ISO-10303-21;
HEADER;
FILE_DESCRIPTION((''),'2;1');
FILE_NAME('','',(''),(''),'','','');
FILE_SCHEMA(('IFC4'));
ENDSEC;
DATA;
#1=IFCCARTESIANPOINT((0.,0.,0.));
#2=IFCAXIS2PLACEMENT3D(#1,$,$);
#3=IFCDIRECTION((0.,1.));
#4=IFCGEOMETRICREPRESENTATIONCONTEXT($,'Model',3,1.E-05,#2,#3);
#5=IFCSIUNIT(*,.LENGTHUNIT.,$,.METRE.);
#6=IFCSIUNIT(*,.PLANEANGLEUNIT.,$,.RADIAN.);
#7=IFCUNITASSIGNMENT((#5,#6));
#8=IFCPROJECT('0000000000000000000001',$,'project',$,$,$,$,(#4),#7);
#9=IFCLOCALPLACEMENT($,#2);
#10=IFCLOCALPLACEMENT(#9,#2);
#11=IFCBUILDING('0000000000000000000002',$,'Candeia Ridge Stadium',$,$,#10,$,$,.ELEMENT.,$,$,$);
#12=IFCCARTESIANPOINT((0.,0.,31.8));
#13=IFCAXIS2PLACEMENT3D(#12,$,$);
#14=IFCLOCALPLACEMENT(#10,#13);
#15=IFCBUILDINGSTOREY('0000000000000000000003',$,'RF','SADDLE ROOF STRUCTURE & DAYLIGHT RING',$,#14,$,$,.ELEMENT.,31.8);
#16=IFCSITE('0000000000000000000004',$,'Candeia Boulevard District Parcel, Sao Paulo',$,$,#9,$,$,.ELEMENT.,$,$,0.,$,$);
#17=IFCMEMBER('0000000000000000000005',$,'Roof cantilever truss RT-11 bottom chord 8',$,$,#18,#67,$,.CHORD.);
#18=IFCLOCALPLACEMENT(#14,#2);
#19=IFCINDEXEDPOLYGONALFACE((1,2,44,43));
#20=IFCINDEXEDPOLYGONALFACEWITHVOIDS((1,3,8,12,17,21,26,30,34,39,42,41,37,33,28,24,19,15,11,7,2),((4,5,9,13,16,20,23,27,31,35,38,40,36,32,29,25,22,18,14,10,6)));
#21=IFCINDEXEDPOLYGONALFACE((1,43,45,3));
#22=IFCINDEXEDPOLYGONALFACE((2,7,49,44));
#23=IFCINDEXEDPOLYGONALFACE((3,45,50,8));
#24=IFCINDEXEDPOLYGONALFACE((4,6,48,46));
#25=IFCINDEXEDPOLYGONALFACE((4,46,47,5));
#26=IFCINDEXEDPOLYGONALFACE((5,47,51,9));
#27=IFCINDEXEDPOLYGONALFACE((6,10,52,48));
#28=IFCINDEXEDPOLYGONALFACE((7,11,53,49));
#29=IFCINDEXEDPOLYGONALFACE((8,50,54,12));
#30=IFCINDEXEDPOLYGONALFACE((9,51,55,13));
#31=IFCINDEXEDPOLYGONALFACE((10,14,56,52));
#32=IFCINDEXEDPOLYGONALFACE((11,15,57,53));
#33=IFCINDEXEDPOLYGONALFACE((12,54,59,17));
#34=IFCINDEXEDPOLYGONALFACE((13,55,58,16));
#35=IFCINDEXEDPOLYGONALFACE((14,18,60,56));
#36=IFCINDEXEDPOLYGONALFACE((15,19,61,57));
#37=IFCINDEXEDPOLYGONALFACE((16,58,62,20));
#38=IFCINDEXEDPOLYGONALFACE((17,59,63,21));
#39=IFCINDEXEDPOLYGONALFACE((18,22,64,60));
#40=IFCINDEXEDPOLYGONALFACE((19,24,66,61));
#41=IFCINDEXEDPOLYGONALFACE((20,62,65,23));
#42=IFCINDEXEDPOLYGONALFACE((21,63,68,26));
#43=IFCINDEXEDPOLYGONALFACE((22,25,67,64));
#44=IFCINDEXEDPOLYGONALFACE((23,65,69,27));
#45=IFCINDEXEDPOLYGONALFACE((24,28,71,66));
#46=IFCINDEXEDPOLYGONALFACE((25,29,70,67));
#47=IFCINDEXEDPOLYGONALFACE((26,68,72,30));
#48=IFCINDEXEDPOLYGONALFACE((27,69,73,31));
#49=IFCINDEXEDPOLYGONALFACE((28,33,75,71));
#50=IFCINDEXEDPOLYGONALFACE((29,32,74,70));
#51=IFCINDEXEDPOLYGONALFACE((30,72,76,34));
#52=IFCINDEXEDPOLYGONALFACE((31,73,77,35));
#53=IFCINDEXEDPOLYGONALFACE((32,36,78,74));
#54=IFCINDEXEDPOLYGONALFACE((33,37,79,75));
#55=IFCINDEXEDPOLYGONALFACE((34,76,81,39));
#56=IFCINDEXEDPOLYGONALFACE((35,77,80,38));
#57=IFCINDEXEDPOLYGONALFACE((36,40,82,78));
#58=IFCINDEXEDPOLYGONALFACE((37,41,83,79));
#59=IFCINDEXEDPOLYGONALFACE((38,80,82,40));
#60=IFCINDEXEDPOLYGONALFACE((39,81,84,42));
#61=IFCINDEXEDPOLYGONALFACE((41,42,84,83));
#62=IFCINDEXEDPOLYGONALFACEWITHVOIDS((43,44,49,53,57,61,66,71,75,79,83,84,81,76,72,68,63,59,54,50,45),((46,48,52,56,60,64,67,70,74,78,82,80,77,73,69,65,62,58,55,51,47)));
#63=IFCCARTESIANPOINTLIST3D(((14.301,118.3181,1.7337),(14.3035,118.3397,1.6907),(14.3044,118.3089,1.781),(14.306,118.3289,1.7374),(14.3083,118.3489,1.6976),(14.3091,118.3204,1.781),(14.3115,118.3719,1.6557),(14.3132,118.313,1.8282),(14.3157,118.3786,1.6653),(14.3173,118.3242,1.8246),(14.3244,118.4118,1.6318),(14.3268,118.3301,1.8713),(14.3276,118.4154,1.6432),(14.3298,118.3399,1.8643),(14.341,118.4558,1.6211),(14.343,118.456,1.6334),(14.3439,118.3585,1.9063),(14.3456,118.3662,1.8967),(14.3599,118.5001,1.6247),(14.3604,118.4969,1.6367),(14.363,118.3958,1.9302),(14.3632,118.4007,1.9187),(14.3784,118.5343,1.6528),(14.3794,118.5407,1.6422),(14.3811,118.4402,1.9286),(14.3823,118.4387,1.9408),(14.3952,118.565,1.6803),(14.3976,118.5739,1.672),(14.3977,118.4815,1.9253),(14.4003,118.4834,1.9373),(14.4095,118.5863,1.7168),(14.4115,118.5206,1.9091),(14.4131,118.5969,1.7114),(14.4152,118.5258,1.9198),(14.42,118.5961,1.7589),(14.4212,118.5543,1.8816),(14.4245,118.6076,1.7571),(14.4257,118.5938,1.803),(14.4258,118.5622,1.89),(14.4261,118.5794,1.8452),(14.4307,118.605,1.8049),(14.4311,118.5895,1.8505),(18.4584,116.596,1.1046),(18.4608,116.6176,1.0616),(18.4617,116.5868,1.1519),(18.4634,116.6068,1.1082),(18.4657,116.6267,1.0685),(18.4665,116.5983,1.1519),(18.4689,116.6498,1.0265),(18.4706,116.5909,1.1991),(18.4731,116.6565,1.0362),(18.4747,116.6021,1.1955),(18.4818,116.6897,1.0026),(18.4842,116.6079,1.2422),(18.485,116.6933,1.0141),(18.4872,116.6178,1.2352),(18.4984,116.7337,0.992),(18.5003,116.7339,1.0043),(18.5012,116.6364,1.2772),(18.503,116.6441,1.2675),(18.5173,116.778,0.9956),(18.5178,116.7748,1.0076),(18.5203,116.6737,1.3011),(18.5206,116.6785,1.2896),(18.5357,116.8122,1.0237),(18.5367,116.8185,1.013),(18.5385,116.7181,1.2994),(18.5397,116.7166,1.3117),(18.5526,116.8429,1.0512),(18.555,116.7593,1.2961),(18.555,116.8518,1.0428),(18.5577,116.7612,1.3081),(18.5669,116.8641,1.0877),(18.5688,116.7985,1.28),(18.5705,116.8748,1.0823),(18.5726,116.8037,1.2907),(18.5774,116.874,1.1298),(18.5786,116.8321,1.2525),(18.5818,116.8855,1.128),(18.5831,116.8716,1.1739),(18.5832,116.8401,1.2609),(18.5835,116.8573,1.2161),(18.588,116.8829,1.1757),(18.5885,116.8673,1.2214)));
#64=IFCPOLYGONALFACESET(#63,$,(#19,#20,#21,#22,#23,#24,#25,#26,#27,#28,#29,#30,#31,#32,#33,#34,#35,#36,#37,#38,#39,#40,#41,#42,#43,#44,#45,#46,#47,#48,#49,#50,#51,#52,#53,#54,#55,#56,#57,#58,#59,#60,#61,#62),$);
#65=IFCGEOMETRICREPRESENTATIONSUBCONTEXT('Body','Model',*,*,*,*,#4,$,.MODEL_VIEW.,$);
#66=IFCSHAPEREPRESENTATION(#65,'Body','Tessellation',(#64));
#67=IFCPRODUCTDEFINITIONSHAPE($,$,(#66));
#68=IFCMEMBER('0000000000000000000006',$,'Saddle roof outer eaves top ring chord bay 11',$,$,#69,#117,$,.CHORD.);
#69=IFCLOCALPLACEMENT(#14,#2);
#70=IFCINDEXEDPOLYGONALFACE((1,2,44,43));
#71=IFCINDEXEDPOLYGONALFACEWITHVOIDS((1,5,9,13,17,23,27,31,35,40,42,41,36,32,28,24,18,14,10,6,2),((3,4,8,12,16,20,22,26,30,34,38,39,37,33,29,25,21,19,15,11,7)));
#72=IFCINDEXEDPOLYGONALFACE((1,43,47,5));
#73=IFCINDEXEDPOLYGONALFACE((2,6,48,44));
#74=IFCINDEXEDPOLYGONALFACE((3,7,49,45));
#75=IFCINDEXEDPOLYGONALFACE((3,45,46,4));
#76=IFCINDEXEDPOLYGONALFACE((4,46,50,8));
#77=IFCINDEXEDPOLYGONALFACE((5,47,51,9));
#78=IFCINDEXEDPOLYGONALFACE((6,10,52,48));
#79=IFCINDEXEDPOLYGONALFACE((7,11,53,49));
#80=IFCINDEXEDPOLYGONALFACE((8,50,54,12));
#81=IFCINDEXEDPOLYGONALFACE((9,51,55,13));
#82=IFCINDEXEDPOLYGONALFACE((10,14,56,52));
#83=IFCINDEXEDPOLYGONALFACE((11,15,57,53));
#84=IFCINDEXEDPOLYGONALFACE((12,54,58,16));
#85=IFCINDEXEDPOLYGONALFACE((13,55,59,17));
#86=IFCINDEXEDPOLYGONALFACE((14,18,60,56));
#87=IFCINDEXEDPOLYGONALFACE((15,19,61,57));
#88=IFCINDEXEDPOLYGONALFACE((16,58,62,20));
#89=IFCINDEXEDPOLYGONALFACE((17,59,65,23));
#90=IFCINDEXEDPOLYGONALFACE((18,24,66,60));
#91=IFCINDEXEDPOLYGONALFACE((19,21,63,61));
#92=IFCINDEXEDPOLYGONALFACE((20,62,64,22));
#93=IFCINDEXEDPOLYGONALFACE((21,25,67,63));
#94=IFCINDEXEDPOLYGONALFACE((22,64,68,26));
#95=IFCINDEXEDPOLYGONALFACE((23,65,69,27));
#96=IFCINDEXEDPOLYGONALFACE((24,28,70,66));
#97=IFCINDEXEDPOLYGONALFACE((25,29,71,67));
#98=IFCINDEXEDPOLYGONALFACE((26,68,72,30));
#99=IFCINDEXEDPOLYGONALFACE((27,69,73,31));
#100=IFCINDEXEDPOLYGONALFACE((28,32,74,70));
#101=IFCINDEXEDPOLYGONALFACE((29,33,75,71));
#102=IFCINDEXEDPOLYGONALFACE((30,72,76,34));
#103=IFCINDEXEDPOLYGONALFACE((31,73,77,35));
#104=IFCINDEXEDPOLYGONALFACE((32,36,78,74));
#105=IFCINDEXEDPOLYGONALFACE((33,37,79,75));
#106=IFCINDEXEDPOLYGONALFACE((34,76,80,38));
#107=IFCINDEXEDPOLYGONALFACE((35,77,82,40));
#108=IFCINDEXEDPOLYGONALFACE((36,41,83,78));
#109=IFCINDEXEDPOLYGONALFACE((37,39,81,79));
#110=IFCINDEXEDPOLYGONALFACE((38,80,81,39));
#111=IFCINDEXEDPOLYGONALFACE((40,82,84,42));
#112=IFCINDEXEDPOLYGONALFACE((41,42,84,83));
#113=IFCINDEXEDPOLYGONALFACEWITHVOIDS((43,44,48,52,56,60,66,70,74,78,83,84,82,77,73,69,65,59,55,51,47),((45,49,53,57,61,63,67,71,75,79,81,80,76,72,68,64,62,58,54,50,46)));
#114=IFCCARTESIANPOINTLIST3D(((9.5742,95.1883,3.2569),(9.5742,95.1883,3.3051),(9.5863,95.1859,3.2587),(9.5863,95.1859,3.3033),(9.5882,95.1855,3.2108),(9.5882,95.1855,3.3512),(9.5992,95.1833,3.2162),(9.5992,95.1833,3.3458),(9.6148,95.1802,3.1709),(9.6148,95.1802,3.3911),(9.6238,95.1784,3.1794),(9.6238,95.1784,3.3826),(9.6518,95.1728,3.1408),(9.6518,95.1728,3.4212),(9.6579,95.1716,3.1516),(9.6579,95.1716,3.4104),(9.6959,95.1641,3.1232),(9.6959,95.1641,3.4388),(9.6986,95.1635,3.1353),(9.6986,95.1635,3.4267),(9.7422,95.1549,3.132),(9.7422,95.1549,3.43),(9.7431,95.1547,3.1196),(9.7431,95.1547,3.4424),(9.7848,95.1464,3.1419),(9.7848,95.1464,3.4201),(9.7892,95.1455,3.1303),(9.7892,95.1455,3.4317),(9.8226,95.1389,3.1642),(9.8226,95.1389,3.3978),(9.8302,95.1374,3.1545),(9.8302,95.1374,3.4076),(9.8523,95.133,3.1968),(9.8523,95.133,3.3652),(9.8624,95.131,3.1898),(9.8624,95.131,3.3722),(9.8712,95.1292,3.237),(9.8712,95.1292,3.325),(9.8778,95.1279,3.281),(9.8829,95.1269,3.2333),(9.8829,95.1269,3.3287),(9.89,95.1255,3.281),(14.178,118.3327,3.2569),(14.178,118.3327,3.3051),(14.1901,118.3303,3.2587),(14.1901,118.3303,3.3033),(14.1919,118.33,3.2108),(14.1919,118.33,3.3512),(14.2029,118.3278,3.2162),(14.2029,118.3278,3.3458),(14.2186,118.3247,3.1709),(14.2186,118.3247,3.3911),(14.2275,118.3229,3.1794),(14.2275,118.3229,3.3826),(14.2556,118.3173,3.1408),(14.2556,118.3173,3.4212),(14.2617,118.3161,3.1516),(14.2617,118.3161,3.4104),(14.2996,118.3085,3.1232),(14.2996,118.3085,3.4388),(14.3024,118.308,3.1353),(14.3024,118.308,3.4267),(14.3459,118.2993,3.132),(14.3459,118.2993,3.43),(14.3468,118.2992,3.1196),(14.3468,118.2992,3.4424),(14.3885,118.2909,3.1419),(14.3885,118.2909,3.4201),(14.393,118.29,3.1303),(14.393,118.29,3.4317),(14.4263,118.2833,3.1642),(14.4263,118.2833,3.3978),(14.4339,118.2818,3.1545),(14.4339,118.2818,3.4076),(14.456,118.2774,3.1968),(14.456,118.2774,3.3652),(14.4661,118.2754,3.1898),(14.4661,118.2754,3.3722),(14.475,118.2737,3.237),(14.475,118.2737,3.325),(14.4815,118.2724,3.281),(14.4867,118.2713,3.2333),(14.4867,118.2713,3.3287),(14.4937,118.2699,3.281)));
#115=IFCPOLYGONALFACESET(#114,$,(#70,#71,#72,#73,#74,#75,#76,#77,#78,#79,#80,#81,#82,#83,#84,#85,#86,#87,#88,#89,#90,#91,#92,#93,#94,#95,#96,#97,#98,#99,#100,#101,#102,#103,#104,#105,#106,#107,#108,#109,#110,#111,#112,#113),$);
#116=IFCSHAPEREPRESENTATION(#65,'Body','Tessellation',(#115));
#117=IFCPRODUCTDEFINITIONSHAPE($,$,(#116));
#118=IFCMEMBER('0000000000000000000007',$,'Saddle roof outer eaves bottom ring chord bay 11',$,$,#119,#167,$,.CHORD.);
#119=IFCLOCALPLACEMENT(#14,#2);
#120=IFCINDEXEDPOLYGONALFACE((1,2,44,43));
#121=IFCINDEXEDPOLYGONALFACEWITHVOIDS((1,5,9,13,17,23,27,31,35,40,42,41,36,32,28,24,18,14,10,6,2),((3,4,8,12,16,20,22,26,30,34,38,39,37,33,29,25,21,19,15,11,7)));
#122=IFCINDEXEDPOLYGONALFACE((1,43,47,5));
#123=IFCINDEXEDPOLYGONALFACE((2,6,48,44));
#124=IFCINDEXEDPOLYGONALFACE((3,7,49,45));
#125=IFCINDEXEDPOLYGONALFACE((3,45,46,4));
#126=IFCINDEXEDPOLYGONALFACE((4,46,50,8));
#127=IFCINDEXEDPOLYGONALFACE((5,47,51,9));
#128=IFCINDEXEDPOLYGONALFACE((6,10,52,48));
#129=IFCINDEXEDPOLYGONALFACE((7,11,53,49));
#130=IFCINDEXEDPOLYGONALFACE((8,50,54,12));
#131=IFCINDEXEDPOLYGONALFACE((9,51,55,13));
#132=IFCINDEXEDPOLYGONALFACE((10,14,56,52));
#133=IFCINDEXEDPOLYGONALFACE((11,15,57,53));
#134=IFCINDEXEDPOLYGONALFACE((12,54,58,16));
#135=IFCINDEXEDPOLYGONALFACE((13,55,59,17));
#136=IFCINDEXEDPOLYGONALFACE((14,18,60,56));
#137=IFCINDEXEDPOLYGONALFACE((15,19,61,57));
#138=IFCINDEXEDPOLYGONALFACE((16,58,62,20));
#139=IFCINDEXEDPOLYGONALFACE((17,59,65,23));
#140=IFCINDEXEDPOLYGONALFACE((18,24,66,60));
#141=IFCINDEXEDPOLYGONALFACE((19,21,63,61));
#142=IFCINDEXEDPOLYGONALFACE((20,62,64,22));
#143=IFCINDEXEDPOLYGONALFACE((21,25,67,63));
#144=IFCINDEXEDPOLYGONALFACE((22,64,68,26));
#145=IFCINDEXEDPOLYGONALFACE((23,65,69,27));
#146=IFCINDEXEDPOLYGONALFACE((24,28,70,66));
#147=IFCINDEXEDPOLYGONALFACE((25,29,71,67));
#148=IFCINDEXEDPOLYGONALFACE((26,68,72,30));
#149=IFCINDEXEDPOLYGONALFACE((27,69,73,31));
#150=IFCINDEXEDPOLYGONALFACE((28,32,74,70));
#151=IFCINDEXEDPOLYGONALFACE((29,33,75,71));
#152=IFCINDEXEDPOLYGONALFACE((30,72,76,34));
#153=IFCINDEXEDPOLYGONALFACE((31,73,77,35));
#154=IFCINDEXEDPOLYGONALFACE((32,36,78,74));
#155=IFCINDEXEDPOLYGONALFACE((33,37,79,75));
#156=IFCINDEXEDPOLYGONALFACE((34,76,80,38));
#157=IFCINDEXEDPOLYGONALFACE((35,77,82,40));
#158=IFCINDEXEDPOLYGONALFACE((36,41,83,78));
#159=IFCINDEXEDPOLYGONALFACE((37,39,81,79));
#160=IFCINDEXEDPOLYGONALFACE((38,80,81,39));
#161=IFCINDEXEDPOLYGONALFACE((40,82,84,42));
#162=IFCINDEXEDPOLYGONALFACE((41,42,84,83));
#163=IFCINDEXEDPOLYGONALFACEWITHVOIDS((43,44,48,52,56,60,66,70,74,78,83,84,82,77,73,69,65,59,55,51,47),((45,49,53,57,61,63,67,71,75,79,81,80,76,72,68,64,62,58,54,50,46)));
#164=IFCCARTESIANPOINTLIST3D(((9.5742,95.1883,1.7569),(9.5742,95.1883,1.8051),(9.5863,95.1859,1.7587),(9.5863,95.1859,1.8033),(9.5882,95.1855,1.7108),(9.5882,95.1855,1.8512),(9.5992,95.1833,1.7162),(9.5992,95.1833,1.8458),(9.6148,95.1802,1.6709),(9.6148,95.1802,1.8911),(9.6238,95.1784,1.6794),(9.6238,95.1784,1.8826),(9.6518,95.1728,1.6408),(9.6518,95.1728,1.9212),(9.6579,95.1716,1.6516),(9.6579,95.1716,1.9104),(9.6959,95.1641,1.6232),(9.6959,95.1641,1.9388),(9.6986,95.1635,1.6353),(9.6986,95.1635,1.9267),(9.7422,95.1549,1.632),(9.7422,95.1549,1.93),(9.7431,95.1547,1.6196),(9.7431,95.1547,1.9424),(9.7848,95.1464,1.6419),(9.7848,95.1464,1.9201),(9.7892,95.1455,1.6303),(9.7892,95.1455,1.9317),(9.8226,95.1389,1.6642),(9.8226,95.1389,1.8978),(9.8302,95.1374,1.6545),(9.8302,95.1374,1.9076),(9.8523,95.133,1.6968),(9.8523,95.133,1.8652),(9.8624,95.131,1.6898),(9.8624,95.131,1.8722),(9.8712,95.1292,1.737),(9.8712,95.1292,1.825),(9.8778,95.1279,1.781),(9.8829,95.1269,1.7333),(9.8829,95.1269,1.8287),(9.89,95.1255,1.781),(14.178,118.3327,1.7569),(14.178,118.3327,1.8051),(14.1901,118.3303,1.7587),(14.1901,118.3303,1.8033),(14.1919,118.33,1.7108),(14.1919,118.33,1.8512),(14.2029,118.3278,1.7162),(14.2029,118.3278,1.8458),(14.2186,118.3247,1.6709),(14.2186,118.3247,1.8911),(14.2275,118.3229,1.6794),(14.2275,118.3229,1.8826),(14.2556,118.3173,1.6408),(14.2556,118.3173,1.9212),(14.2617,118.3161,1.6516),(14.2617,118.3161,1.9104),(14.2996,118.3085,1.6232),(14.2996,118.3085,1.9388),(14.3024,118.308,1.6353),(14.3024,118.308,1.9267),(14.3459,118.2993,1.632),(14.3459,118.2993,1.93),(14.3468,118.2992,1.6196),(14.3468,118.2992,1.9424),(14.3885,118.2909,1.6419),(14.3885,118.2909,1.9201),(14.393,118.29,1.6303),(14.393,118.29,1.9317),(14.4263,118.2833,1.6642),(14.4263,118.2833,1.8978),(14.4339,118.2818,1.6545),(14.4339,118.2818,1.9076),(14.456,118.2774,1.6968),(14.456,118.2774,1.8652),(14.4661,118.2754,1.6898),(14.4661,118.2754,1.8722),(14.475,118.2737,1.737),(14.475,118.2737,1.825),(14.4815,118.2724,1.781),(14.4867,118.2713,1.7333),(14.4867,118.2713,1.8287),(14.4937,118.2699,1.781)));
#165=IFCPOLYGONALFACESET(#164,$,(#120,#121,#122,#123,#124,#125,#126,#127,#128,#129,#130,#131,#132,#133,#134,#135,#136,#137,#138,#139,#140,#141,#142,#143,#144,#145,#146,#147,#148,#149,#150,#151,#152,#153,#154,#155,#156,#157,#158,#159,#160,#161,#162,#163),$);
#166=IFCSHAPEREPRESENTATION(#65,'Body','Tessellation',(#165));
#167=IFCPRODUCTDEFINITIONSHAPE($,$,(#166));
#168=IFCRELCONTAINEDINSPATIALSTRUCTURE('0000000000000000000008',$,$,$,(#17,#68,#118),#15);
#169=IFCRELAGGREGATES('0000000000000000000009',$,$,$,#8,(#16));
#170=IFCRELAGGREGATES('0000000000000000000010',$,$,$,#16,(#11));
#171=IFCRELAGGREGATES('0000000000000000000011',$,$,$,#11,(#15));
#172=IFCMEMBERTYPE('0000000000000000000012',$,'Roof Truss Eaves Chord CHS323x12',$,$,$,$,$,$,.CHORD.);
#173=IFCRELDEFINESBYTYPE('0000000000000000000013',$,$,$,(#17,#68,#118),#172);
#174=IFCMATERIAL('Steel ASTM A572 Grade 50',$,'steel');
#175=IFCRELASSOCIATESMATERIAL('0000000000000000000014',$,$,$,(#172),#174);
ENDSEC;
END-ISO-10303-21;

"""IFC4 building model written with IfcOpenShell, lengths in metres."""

from ifc_helpers import new_model, si_unit, direction, frame, origin, origin_2d, place, context, subcontext, project, spatial, hollow_circle, extrude, material, material_profile, profile_set, type_object, element, save


model = new_model("IFC4")

# Units and contexts
model_context = context("Model", 3, precision=1e-05, world=origin(), true_north=direction((0.0, 1.0)))
body_context = subcontext(model_context, "Body", "Model", "MODEL_VIEW")
ifc_project = project(units=[si_unit("LENGTHUNIT", "METRE"), si_unit("PLANEANGLEUNIT", "RADIAN")], contexts=[model_context])

# Site, building, storey
site_placement = place(None, origin())
site = spatial("IfcSite", under=ifc_project, at=site_placement, Name="Candeia Boulevard District Parcel, Sao Paulo", CompositionType="ELEMENT", RefElevation=0.0)
building_placement = place(site_placement, origin())
building = spatial("IfcBuilding", under=site, at=building_placement, Name="Candeia Ridge Stadium", CompositionType="ELEMENT")
storey_placement = place(building_placement, frame((0.0, 0.0, 31.8)))
storey = spatial("IfcBuildingStorey", under=building, at=storey_placement, Name="RF", Description="SADDLE ROOF STRUCTURE & DAYLIGHT RING", CompositionType="ELEMENT", Elevation=31.8)

# Shared definitions
ifc_material_1 = material(Name="Steel ASTM A572 Grade 50", Category="steel")

# Members
ifc_material_profile_1 = material_profile(ifc_material_1, hollow_circle(Radius=0.1619, WallThickness=0.0125, at=origin_2d()), Name="CHS323x12", Category="steel")
ifc_profile_set_1 = profile_set([ifc_material_profile_1], Name="Steel ASTM A572 Grade 50")
member_type_1 = type_object("IfcMemberType", Name="Roof Truss Eaves Chord CHS323x12", PredefinedType="CHORD", material=ifc_profile_set_1)
member_1_placement = place(storey_placement, frame((18.5237, 116.7363, 1.1519), z_axis=(-0.914974, 0.379014, 0.138463), x_axis=(-0.3827, -0.923873, 0.0)))
element("IfcMember", 1, at=member_1_placement, inside=storey, type_object=member_type_1, Name="Roof cantilever truss RT-11 bottom chord 8", PredefinedType="CHORD", context=body_context, shape_type="SweptSolid", body=[
    extrude(hollow_circle(Radius=0.1619, WallThickness=0.0125, at=origin_2d()), origin(), (0.0, 0.0, 1.0), 4.5437),
])
for number, where, z_axis, x_axis, name in (
    (2, (14.335, 118.3015, 3.281), (-0.195091, -0.980785, 0.0), (0.980785, -0.195091, 0.0), "Saddle roof outer eaves top ring chord bay 11"),
    (3, (14.335, 118.3015, 1.781), (-0.195091, -0.980785, 0.0), (0.980785, -0.195091, 0.0), "Saddle roof outer eaves bottom ring chord bay 11"),
):
    element("IfcMember", number, at=place(storey_placement, frame(where, z_axis=z_axis, x_axis=x_axis)), inside=storey, type_object=member_type_1, Name=name, PredefinedType="CHORD", context=body_context, shape_type="SweptSolid", body=[
        extrude(hollow_circle(Radius=0.1619, WallThickness=0.0125, at=origin_2d()), origin(), (0.0, 0.0, 1.0), 23.5979),
    ])

save(model, "model.ifc")
